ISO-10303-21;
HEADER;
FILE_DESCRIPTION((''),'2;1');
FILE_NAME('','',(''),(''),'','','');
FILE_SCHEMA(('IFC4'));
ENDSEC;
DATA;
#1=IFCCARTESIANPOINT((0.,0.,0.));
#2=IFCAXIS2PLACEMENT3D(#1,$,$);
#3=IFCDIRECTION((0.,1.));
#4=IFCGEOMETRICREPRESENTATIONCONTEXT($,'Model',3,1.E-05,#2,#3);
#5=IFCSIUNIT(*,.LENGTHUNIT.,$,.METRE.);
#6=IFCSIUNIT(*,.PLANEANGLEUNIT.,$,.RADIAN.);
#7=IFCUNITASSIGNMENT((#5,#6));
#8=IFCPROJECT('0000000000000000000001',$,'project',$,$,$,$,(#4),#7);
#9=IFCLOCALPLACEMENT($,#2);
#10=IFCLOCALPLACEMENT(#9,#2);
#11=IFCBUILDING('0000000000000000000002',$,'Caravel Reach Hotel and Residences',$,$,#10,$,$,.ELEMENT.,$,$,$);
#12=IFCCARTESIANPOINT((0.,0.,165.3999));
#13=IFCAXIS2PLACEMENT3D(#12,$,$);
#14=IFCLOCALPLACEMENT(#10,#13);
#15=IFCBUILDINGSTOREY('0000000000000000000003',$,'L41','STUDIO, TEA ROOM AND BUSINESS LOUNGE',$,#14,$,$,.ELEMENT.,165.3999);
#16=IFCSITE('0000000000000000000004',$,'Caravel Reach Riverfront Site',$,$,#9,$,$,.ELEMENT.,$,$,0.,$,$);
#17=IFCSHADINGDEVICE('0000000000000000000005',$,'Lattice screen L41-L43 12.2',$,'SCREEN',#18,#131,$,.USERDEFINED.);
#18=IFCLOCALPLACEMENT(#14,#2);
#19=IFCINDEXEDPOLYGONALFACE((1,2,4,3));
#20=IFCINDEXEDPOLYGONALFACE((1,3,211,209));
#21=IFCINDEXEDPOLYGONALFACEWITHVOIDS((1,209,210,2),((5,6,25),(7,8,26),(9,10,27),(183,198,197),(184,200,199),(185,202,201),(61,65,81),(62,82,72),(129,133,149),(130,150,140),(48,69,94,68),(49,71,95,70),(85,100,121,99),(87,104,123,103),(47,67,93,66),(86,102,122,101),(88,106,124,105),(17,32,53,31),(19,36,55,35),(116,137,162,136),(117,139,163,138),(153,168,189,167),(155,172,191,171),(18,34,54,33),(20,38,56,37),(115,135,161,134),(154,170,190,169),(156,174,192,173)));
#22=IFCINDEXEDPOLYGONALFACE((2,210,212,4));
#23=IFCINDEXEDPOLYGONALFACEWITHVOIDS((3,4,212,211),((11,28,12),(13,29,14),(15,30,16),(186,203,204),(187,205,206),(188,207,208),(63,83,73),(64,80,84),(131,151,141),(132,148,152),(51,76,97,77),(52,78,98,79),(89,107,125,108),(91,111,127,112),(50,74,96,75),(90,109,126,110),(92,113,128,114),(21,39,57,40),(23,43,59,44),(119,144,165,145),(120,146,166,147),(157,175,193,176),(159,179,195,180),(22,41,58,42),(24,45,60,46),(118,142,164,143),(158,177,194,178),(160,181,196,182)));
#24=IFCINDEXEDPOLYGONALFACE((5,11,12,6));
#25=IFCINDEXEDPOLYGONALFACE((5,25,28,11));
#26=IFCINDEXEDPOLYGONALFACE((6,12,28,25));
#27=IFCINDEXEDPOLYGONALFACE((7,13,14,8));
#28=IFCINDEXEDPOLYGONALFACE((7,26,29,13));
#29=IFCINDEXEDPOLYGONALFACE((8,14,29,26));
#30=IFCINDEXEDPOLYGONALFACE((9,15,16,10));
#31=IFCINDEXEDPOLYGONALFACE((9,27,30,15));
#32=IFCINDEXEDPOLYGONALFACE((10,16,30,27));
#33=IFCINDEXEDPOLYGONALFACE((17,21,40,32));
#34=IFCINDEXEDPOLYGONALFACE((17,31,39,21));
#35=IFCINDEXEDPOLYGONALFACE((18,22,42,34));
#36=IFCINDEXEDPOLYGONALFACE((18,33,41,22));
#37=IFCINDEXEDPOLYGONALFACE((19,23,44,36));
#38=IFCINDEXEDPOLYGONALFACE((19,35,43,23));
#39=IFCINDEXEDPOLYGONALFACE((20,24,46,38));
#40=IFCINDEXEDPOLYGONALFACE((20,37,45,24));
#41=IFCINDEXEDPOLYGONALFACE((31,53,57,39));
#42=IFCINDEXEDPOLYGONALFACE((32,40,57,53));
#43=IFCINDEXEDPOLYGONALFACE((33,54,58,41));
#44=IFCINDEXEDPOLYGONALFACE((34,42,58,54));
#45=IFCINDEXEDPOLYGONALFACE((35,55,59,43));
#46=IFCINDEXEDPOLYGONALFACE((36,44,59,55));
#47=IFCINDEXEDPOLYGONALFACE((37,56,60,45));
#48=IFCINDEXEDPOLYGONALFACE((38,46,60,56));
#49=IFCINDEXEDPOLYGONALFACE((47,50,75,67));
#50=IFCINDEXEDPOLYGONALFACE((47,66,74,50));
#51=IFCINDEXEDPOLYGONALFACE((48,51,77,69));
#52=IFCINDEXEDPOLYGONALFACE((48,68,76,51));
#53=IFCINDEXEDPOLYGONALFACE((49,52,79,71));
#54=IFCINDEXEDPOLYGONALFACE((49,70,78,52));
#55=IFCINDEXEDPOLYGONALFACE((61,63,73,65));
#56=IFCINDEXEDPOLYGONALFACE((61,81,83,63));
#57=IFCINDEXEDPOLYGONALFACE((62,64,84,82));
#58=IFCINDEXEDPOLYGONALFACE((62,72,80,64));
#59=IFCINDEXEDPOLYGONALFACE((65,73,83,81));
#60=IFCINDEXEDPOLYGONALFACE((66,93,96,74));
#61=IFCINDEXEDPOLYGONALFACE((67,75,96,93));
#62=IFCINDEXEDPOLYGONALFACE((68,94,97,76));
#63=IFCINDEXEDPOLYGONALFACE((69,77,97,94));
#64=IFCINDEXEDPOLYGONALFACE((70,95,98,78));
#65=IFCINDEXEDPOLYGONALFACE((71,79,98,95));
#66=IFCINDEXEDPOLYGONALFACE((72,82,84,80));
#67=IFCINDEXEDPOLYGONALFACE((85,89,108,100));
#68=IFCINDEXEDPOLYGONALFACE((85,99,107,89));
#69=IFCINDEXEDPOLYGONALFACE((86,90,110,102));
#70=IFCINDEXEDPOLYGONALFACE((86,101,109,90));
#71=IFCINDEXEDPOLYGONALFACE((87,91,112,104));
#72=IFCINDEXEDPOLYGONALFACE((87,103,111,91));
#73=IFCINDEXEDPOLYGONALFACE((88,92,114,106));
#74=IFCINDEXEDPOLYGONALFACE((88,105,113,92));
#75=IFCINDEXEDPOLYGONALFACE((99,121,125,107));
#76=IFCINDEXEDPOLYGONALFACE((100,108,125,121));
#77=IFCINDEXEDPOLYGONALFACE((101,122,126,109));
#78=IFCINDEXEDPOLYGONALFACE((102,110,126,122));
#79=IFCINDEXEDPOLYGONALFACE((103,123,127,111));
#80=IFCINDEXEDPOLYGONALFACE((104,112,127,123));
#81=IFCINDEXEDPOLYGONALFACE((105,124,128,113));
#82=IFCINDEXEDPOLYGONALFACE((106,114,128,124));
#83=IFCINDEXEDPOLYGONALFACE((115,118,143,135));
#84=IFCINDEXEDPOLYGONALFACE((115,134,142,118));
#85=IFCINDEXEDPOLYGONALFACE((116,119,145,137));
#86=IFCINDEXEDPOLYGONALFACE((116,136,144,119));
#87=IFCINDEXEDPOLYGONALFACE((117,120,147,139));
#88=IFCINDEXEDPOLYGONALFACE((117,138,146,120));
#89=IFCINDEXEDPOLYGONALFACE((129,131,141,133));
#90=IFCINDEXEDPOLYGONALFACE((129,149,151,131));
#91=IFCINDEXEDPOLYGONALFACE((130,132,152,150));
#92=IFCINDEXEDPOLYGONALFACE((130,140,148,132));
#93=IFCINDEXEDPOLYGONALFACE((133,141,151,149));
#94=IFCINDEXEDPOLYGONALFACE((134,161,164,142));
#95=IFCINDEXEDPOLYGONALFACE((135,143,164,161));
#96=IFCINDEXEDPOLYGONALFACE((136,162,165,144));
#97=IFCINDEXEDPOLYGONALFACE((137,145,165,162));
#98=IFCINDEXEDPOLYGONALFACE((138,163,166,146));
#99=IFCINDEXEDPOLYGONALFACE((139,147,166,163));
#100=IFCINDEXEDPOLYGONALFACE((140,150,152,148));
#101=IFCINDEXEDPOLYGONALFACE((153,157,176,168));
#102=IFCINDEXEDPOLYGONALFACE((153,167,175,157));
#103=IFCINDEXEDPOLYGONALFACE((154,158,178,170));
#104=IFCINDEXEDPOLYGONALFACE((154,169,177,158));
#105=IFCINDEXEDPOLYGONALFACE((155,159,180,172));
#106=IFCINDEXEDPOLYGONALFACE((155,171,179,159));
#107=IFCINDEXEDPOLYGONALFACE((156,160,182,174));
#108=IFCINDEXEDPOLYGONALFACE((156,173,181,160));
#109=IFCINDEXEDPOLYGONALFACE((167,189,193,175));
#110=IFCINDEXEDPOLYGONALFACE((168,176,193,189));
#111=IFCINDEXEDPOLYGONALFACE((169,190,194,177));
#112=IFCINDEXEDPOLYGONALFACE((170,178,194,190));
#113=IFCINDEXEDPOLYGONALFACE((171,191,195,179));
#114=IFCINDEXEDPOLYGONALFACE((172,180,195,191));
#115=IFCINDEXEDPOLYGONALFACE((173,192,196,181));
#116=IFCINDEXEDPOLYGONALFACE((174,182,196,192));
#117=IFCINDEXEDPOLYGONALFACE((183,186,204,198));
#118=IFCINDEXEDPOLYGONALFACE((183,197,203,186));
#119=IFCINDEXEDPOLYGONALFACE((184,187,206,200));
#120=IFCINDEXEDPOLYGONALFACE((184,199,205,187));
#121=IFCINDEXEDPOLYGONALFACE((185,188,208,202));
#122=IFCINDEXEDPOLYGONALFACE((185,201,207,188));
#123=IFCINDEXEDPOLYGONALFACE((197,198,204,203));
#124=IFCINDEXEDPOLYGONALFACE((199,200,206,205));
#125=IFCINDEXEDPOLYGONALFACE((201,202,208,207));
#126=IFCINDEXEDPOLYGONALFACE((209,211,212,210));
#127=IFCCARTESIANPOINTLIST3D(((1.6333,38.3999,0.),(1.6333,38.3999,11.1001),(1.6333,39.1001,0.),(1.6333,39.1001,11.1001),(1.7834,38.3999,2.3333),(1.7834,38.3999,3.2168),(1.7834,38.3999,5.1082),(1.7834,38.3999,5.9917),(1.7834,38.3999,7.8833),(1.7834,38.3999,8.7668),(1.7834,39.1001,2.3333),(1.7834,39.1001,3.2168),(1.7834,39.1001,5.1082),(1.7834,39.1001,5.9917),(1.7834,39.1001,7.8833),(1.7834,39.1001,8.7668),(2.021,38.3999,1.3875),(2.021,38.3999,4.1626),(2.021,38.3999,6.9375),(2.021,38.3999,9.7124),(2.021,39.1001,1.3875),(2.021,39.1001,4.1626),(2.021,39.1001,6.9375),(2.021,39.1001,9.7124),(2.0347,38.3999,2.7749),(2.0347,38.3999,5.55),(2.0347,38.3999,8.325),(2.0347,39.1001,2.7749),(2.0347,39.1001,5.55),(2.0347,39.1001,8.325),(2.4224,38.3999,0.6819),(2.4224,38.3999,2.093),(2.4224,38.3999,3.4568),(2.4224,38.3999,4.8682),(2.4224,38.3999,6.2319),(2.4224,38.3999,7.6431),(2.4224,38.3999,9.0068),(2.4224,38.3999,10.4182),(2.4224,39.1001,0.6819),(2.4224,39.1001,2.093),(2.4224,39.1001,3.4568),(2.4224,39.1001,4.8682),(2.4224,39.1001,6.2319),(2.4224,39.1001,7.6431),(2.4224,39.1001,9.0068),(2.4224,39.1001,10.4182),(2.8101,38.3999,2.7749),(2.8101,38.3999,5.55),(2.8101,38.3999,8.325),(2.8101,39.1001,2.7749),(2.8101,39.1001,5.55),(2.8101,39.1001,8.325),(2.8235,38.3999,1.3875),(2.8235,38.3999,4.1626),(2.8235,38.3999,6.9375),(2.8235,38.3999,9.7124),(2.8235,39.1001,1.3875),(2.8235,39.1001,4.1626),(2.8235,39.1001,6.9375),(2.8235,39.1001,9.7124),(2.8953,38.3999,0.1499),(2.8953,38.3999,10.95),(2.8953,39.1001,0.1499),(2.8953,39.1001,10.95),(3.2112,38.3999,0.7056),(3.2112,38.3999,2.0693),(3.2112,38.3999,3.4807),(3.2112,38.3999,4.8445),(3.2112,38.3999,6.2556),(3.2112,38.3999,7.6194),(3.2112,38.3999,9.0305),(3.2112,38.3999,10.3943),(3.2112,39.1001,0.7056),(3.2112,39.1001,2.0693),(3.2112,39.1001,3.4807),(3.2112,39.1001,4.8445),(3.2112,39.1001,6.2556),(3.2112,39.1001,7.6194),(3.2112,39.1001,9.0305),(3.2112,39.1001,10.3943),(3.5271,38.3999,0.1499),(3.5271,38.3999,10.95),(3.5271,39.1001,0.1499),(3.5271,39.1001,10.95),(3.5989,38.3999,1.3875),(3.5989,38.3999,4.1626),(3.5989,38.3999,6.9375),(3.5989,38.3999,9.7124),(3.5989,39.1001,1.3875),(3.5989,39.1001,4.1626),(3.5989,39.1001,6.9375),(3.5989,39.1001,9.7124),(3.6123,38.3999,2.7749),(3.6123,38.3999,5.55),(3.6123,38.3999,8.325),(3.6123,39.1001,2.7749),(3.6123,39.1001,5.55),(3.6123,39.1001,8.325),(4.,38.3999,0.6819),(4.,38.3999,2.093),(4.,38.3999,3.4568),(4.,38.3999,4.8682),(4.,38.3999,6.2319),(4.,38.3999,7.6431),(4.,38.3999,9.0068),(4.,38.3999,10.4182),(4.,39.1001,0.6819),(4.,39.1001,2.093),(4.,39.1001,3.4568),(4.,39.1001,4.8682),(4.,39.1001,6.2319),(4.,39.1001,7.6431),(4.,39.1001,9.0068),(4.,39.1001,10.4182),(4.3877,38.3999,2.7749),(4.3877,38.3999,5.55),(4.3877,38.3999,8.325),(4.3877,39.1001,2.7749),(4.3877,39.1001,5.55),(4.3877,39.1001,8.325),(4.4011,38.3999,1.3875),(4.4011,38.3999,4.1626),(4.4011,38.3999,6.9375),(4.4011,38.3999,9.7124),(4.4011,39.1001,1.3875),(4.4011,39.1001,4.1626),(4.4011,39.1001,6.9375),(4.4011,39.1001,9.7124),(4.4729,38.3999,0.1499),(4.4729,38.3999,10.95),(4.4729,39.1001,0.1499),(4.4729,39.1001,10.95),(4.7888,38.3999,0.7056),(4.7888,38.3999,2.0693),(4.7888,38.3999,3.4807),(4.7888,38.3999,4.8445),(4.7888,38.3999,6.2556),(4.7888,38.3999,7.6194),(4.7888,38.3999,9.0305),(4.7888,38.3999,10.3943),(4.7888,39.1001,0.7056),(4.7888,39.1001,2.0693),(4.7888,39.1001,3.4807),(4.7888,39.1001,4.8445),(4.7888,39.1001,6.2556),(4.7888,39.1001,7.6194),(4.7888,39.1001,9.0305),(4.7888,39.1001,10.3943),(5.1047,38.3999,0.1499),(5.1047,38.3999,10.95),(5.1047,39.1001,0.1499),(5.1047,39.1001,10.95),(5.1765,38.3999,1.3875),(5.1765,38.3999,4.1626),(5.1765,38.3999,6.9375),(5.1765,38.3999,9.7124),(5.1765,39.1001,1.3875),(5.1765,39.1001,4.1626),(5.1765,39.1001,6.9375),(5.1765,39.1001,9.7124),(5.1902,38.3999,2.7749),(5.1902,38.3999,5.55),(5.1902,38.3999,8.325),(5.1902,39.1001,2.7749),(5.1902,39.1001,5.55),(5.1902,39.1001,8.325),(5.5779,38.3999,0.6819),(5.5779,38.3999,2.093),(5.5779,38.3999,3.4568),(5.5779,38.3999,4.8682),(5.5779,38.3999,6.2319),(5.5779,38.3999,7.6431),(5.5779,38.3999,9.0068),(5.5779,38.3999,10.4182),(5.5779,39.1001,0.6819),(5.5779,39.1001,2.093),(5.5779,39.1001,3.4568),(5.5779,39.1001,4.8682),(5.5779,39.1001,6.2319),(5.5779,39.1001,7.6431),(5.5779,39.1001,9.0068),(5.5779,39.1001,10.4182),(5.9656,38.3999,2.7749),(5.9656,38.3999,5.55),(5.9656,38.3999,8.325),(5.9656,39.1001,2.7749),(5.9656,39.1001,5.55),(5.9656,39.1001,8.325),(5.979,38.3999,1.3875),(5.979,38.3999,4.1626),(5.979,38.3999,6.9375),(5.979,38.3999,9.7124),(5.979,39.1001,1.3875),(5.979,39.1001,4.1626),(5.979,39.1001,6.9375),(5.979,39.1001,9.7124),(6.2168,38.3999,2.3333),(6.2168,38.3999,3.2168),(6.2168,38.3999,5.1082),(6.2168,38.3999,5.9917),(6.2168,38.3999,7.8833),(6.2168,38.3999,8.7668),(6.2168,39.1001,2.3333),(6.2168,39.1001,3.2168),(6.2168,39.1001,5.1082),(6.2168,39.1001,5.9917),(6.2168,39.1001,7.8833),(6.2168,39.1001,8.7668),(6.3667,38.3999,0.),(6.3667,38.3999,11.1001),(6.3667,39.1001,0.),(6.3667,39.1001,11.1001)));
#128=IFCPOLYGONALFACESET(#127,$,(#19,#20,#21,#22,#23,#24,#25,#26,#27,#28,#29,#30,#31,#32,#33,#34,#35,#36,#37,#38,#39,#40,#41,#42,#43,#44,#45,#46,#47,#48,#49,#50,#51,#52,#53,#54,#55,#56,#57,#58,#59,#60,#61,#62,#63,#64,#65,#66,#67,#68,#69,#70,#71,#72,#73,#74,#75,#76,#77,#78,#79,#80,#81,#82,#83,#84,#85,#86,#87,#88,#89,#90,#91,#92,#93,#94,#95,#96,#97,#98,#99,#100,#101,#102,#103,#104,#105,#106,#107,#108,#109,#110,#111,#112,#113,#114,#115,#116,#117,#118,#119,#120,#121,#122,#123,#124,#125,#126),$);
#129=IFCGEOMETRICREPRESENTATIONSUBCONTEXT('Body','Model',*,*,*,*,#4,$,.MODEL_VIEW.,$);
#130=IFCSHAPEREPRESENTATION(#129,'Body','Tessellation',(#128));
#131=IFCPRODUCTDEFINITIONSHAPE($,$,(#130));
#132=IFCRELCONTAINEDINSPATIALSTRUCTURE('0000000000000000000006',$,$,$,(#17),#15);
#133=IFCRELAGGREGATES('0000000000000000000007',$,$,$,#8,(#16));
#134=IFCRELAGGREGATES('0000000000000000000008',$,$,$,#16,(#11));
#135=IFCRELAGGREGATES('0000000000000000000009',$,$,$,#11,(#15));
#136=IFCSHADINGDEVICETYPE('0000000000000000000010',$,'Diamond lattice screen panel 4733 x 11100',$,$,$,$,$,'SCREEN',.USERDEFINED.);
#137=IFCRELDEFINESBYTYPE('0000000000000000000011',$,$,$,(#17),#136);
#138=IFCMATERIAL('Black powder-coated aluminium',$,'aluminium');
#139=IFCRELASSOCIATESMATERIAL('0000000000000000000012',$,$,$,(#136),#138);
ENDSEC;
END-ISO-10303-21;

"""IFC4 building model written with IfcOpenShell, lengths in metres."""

from ifc_helpers import new_model, si_unit, direction, frame, origin, place, context, subcontext, project, spatial, polyline, outline, extrude, material, type_object, element, save


model = new_model("IFC4")

# Units and contexts
model_context = context("Model", 3, precision=1e-05, world=origin(), true_north=direction((0.0, 1.0)))
body_context = subcontext(model_context, "Body", "Model", "MODEL_VIEW")
ifc_project = project(units=[si_unit("LENGTHUNIT", "METRE"), si_unit("PLANEANGLEUNIT", "RADIAN")], contexts=[model_context])

# Site, building, storey
site_placement = place(None, origin())
site = spatial("IfcSite", under=ifc_project, at=site_placement, Name="Caravel Reach Riverfront Site", CompositionType="ELEMENT", RefElevation=0.0)
building_placement = place(site_placement, origin())
building = spatial("IfcBuilding", under=site, at=building_placement, Name="Caravel Reach Hotel and Residences", CompositionType="ELEMENT")
storey_placement = place(building_placement, frame((0.0, 0.0, 165.3999)))
storey = spatial("IfcBuildingStorey", under=building, at=storey_placement, Name="L41", Description="STUDIO, TEA ROOM AND BUSINESS LOUNGE", CompositionType="ELEMENT", Elevation=165.3999)

# Shading device
ifc_material_1 = material(Name="Black powder-coated aluminium", Category="aluminium")
shading_device_type_1 = type_object("IfcShadingDeviceType", Name="Diamond lattice screen panel 4733 x 11100", ElementType="SCREEN", PredefinedType="USERDEFINED", material=ifc_material_1)
shading_device_1_placement = place(storey_placement, frame((6.3667, 38.3999, 0.0), z_axis=(0.0, 1.0, 0.0), x_axis=(-1.0, 0.0, 0.0)))
element("IfcShadingDevice", 1, at=shading_device_1_placement, inside=storey, type_object=shading_device_type_1, Name="Lattice screen L41-L43 12.2", ObjectType="SCREEN", PredefinedType="USERDEFINED", context=body_context, shape_type="SweptSolid", body=[
    extrude(outline(polyline([(0.0, 0.0), (4.7334, 0.0), (4.7334, 11.1001), (0.0, 11.1001), (0.0, 0.0)]), holes=[polyline([(0.4011, 2.7749), (0.1499, 3.2168), (0.1499, 2.3333), (0.4011, 2.7749)]), polyline([(0.4011, 5.55), (0.1499, 5.9917), (0.1499, 5.1082), (0.4011, 5.55)]), polyline([(0.4011, 8.325), (0.1499, 8.7668), (0.1499, 7.8833), (0.4011, 8.325)]), polyline([(0.7888, 2.093), (0.3877, 1.3875), (0.7888, 0.6819), (1.1902, 1.3875), (0.7888, 2.093)]), polyline([(0.7888, 4.8682), (0.3877, 4.1626), (0.7888, 3.4568), (1.1902, 4.1626), (0.7888, 4.8682)]), polyline([(0.7888, 7.6431), (0.3877, 6.9375), (0.7888, 6.2319), (1.1902, 6.9375), (0.7888, 7.6431)]), polyline([(0.7888, 10.4182), (0.3877, 9.7124), (0.7888, 9.0068), (1.1902, 9.7124), (0.7888, 10.4182)]), polyline([(1.5779, 0.7056), (1.262, 0.1499), (1.8938, 0.1499), (1.5779, 0.7056)]), polyline([(1.5779, 3.4807), (1.1765, 2.7749), (1.5779, 2.0693), (1.979, 2.7749), (1.5779, 3.4807)]), polyline([(1.5779, 6.2556), (1.1765, 5.55), (1.5779, 4.8445), (1.979, 5.55), (1.5779, 6.2556)]), polyline([(1.5779, 9.0305), (1.1765, 8.325), (1.5779, 7.6194), (1.979, 8.325), (1.5779, 9.0305)]), polyline([(1.5779, 10.3943), (1.8938, 10.95), (1.262, 10.95), (1.5779, 10.3943)]), polyline([(2.3667, 2.093), (1.9656, 1.3875), (2.3667, 0.6819), (2.7678, 1.3875), (2.3667, 2.093)]), polyline([(2.3667, 4.8682), (1.9656, 4.1626), (2.3667, 3.4568), (2.7678, 4.1626), (2.3667, 4.8682)]), polyline([(2.3667, 7.6431), (1.9656, 6.9375), (2.3667, 6.2319), (2.7678, 6.9375), (2.3667, 7.6431)]), polyline([(2.3667, 10.4182), (1.9656, 9.7124), (2.3667, 9.0068), (2.7678, 9.7124), (2.3667, 10.4182)]), polyline([(3.1555, 0.7056), (2.8396, 0.1499), (3.4714, 0.1499), (3.1555, 0.7056)]), polyline([(3.1555, 3.4807), (2.7544, 2.7749), (3.1555, 2.0693), (3.5566, 2.7749), (3.1555, 3.4807)]), polyline([(3.1555, 6.2556), (2.7544, 5.55), (3.1555, 4.8445), (3.5566, 5.55), (3.1555, 6.2556)]), polyline([(3.1555, 9.0305), (2.7544, 8.325), (3.1555, 7.6194), (3.5566, 8.325), (3.1555, 9.0305)]), polyline([(3.1555, 10.3943), (3.4714, 10.95), (2.8396, 10.95), (3.1555, 10.3943)]), polyline([(3.9443, 2.093), (3.5432, 1.3875), (3.9443, 0.6819), (4.3457, 1.3875), (3.9443, 2.093)]), polyline([(3.9443, 4.8682), (3.5432, 4.1626), (3.9443, 3.4568), (4.3457, 4.1626), (3.9443, 4.8682)]), polyline([(3.9443, 7.6431), (3.5432, 6.9375), (3.9443, 6.2319), (4.3457, 6.9375), (3.9443, 7.6431)]), polyline([(3.9443, 10.4182), (3.5432, 9.7124), (3.9443, 9.0068), (4.3457, 9.7124), (3.9443, 10.4182)]), polyline([(4.332, 2.7749), (4.5833, 2.3333), (4.5833, 3.2168), (4.332, 2.7749)]), polyline([(4.332, 5.55), (4.5833, 5.1082), (4.5833, 5.9917), (4.332, 5.55)]), polyline([(4.332, 8.325), (4.5833, 7.8833), (4.5833, 8.7668), (4.332, 8.325)])]), origin(), (0.0, 0.0, 1.0), 0.7002),
])

save(model, "model.ifc")
